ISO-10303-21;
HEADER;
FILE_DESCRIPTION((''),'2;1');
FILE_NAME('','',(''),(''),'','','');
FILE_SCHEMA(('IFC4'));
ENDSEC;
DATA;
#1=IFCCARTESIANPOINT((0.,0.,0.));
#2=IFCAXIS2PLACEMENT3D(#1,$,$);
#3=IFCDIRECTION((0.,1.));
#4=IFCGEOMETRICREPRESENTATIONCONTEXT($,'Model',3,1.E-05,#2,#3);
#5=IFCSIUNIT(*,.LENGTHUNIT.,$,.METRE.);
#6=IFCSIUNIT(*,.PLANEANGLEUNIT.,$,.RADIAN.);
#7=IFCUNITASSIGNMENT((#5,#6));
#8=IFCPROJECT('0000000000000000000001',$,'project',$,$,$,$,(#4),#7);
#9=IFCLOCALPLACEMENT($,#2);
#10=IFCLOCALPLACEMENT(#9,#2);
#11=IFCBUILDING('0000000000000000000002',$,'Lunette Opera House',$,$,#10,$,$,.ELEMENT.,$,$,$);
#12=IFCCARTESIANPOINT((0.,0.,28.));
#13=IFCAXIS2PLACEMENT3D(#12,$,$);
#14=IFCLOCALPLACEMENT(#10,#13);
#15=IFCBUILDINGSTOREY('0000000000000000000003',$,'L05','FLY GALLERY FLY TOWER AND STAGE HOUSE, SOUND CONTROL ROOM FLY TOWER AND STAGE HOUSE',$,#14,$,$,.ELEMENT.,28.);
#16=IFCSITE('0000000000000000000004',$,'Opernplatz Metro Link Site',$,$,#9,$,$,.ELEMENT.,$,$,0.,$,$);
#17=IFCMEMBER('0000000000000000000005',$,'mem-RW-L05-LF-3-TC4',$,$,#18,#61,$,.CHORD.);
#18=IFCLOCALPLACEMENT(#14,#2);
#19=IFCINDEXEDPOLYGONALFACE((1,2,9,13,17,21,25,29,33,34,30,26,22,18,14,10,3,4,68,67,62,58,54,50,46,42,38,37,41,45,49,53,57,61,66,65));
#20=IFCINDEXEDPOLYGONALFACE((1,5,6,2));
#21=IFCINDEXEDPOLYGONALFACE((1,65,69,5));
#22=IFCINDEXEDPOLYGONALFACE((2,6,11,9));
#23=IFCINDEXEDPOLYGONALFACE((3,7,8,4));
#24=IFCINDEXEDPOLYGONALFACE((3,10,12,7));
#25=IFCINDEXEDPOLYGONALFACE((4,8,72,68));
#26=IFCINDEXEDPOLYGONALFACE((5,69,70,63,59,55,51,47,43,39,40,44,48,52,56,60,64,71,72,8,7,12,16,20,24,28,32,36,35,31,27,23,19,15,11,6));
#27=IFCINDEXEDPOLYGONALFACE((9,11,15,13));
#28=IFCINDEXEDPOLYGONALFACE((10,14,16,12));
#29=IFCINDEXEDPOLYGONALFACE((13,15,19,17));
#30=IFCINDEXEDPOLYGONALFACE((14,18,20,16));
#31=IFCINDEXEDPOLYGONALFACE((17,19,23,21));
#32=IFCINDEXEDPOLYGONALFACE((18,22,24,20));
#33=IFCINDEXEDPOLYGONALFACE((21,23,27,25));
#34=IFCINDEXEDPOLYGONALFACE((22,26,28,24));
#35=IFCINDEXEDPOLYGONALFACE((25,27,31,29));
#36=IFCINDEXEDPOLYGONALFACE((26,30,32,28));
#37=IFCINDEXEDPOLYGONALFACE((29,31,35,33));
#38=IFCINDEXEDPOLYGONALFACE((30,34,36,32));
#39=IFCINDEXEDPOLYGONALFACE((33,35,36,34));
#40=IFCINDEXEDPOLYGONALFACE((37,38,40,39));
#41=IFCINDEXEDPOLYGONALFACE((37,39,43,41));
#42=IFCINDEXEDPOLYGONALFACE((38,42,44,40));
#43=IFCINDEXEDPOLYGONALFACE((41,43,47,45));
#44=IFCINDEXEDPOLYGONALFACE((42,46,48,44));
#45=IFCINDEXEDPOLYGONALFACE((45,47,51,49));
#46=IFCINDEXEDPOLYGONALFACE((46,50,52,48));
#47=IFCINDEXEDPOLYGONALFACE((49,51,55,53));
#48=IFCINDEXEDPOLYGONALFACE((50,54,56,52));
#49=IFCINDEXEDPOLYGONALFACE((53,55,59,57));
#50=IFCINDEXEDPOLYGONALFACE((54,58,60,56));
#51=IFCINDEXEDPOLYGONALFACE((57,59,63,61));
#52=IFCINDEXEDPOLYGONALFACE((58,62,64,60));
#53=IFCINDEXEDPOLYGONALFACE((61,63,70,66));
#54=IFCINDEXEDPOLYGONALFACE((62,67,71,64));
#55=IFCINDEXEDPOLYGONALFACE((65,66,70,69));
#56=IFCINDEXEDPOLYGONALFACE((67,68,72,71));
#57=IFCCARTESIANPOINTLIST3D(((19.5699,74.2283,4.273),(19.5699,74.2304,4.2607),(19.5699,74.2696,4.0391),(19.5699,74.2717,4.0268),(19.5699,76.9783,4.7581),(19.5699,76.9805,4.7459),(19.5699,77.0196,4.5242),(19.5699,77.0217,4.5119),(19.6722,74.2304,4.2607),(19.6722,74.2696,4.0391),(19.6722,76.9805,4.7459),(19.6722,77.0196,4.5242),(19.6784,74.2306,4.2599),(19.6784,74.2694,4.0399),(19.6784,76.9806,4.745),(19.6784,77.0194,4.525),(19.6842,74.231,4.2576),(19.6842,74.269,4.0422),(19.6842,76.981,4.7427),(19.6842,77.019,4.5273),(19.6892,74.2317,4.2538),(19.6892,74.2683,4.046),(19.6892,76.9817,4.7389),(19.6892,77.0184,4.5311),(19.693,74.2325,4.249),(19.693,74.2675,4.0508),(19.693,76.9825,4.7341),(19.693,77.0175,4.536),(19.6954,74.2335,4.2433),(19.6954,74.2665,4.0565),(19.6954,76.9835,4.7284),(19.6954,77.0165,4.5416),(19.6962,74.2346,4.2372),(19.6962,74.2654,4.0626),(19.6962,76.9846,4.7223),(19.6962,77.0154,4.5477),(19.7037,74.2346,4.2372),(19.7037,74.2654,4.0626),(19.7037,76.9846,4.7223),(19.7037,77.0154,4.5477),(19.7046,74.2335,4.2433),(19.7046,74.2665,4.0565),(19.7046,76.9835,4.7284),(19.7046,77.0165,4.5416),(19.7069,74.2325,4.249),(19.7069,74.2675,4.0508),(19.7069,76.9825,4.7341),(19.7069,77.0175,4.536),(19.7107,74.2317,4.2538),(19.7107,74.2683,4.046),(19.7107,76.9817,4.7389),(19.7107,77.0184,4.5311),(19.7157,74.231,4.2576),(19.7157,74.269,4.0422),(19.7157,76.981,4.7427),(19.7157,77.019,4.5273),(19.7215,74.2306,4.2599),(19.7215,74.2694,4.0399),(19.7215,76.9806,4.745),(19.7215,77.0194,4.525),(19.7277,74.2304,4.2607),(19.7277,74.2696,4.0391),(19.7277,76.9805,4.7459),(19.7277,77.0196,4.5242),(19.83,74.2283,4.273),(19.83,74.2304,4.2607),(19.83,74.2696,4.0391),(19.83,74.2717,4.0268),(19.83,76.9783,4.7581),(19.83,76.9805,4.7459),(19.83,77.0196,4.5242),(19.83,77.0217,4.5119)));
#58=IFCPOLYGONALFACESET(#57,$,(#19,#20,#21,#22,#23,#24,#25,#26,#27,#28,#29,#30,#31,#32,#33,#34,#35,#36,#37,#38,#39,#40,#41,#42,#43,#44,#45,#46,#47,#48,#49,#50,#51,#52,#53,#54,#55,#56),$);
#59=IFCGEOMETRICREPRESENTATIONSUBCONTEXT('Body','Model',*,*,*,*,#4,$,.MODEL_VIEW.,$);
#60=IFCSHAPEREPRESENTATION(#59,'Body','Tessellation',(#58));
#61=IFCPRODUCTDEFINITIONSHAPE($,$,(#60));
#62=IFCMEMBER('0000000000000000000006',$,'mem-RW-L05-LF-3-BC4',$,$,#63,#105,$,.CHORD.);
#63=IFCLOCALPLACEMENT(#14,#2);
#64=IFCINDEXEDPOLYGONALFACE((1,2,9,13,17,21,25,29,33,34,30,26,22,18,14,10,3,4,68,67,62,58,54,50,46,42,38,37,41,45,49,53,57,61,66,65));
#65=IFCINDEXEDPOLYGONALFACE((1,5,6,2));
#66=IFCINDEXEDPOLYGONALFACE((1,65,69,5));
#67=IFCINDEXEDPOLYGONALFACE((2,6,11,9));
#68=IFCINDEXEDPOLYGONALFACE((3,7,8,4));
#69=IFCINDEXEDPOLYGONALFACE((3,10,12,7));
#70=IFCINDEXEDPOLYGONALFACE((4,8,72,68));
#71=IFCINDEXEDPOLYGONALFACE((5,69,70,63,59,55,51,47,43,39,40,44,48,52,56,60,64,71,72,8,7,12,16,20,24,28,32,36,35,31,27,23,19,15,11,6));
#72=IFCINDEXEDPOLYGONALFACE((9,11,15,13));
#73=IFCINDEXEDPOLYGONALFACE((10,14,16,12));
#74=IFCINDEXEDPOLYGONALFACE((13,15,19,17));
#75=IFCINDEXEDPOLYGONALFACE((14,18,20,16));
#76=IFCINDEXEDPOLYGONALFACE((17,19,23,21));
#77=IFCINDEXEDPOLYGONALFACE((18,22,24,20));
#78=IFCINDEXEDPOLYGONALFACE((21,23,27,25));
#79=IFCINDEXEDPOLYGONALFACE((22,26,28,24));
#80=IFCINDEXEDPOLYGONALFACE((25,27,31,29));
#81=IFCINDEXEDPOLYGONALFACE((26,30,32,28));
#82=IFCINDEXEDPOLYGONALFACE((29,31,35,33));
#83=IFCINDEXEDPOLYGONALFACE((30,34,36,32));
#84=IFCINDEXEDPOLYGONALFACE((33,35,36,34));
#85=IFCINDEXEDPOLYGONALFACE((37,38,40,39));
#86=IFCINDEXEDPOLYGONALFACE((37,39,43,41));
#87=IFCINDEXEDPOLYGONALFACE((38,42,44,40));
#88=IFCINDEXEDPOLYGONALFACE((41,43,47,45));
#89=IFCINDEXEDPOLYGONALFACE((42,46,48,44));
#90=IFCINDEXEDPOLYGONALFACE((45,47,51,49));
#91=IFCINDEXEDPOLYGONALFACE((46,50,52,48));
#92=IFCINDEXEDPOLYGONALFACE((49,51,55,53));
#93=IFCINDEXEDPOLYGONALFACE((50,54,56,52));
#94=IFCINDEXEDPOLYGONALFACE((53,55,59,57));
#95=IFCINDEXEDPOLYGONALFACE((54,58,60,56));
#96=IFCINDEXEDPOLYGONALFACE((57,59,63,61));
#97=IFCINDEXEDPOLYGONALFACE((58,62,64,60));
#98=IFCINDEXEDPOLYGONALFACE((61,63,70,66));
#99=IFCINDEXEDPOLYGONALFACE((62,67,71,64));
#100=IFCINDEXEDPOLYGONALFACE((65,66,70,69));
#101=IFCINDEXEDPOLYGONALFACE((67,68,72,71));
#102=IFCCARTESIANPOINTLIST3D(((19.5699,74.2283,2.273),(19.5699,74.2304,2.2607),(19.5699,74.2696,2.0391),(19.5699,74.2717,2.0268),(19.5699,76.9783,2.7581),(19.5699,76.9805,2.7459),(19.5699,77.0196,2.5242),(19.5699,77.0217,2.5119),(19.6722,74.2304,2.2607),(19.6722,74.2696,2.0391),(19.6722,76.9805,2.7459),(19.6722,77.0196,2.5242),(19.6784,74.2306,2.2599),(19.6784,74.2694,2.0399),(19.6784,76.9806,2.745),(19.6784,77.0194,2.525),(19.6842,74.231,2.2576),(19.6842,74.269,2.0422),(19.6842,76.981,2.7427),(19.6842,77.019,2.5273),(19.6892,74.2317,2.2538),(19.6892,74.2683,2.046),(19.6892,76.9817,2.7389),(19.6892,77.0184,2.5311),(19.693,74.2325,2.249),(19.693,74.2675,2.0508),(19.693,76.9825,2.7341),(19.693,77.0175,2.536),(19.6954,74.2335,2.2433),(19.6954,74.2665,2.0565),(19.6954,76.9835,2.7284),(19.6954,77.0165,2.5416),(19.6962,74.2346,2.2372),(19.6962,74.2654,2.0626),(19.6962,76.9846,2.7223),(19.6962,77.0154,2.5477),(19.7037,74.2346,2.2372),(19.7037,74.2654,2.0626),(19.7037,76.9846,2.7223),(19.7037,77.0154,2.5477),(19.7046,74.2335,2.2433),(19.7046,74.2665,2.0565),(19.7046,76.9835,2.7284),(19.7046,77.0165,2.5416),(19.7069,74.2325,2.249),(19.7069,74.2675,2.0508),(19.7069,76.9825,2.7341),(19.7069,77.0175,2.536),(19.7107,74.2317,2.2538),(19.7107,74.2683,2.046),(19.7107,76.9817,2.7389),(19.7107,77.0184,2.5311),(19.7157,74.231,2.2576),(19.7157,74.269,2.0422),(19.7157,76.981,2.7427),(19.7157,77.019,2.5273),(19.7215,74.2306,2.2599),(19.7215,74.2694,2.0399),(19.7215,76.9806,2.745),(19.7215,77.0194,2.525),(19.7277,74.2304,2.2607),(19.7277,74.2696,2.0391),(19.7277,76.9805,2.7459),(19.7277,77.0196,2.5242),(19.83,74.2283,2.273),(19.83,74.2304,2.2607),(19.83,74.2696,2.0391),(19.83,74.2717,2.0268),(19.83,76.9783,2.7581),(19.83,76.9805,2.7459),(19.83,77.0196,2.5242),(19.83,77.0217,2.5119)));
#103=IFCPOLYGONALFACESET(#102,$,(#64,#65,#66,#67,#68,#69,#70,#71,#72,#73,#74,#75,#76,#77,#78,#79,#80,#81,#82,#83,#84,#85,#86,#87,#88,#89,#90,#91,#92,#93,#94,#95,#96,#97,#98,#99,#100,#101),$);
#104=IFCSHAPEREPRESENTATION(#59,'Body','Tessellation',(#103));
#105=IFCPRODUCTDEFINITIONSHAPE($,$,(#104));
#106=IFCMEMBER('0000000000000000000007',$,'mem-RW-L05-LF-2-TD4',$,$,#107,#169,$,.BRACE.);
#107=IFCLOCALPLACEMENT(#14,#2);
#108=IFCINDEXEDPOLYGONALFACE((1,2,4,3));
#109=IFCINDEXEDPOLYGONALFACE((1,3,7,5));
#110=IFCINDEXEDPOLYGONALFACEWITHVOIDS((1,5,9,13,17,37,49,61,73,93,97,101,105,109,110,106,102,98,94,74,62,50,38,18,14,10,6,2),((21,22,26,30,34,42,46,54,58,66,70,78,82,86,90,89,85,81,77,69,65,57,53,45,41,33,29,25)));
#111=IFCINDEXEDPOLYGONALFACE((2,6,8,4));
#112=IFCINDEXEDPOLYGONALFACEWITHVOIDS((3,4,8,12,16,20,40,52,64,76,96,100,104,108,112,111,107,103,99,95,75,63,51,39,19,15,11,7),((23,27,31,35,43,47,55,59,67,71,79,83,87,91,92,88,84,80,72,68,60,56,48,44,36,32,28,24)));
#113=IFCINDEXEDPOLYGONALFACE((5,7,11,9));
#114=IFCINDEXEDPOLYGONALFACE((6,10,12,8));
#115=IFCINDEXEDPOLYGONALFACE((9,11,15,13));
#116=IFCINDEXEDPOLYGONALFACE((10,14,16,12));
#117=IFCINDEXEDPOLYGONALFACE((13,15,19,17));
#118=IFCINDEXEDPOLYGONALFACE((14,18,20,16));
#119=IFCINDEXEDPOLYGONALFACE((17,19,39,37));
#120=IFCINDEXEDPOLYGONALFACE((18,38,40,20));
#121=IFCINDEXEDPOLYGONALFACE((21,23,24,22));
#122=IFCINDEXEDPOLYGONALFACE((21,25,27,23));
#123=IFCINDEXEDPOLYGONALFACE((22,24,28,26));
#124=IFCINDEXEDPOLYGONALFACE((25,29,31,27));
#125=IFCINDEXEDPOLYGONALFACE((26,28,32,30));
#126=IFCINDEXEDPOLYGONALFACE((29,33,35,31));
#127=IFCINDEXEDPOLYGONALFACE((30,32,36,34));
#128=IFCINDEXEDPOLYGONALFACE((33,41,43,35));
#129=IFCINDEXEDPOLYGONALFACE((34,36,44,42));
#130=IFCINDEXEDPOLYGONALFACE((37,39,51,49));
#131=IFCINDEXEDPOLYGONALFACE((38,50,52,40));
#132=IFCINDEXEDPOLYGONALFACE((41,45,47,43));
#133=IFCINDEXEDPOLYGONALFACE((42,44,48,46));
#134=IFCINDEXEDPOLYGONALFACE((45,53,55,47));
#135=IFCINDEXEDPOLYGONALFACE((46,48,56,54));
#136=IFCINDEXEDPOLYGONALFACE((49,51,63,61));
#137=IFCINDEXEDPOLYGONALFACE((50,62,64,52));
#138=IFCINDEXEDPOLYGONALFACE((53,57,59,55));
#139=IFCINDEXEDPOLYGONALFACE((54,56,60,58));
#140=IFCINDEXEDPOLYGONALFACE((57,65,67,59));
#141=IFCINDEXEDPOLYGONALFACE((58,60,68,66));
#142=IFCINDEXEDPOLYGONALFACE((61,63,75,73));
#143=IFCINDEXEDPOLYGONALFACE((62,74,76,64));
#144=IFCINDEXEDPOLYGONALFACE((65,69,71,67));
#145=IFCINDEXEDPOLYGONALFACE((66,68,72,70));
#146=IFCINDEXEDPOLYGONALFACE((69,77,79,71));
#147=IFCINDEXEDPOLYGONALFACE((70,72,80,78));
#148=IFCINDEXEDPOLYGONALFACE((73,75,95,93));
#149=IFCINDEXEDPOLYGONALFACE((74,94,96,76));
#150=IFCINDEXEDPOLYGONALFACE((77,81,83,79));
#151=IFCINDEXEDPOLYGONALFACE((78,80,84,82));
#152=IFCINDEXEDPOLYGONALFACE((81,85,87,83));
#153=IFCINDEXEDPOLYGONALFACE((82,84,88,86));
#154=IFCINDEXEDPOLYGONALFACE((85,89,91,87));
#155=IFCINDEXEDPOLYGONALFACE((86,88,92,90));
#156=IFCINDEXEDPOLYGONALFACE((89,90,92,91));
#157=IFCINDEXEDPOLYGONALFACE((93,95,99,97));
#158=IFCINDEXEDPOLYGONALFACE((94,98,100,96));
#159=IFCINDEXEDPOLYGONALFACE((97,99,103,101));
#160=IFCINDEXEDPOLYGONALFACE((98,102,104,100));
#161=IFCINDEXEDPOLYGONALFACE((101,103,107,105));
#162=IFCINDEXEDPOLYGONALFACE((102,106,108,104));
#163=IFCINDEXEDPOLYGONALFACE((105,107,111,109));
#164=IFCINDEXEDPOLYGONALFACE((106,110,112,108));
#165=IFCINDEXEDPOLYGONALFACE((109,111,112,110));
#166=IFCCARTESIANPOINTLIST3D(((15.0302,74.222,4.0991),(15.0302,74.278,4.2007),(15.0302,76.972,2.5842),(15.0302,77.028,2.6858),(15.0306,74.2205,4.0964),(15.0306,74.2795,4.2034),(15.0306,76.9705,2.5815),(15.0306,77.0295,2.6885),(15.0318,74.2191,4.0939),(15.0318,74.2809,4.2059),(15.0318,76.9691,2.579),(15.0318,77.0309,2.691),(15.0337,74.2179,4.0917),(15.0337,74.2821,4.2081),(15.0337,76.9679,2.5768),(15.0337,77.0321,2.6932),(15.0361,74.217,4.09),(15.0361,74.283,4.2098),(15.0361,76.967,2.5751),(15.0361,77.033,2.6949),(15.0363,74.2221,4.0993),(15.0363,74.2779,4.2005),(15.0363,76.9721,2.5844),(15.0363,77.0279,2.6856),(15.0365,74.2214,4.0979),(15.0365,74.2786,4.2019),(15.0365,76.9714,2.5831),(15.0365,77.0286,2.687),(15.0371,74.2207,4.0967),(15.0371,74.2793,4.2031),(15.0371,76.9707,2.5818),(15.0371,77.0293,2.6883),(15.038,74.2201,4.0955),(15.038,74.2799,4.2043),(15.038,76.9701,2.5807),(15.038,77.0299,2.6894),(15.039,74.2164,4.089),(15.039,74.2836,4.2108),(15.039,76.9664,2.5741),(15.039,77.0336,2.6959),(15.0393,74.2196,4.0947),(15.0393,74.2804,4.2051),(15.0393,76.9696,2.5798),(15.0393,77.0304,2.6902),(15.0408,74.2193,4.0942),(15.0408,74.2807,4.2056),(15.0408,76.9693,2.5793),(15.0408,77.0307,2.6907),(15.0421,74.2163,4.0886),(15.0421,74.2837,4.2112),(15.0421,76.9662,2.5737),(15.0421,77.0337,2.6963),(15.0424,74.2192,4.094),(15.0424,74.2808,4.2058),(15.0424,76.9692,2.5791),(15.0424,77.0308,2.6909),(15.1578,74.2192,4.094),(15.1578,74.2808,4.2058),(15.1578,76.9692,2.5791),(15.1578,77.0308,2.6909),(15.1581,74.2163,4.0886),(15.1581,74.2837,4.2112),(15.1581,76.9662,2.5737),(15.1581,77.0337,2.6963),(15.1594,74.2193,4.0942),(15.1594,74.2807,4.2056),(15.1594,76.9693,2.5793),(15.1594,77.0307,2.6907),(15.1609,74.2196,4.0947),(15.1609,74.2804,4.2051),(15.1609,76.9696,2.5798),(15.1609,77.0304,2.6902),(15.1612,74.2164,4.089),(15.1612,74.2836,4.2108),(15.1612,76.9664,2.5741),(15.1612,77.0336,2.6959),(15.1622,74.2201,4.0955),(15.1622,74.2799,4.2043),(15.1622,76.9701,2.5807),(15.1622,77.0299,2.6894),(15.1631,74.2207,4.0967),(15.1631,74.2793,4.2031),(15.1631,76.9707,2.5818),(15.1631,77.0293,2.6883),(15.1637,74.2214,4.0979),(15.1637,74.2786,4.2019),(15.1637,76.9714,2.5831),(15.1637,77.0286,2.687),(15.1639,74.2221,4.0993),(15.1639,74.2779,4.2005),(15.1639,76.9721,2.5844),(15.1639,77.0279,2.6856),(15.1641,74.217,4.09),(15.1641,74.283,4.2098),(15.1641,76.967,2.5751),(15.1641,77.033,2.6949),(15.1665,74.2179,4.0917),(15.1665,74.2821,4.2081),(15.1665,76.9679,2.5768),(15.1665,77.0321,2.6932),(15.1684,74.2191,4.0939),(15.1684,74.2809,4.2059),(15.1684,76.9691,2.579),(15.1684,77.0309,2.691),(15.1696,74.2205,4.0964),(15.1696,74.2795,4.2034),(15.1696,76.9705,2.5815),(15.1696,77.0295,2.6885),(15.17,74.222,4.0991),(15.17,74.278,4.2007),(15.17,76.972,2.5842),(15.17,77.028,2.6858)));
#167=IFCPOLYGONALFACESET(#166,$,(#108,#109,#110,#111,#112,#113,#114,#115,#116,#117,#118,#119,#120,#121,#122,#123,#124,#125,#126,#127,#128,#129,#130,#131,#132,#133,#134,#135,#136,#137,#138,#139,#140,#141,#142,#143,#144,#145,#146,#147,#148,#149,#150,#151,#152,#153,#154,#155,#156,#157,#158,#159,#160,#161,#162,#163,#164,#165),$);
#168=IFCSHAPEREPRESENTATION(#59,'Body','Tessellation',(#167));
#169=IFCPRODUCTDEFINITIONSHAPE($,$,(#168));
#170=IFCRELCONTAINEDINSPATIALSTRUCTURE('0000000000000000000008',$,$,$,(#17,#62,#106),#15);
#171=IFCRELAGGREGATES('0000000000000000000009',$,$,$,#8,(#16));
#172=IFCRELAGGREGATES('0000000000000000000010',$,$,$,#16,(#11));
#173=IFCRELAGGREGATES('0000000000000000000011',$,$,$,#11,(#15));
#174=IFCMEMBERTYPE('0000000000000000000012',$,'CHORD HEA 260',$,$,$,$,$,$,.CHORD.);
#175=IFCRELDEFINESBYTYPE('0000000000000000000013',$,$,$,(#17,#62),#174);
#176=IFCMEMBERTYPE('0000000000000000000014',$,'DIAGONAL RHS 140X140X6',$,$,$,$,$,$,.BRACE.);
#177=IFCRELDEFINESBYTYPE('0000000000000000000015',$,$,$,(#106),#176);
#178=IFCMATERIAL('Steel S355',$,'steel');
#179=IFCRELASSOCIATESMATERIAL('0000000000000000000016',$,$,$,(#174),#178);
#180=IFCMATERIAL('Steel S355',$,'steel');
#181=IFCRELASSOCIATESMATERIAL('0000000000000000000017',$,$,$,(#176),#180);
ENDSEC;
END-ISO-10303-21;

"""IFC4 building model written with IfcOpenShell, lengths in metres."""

from ifc_helpers import new_model, si_unit, direction, frame, origin, origin_2d, place, context, subcontext, project, spatial, hollow_rectangle, i_section, extrude, material, material_profile, profile_set, type_object, element, save


model = new_model("IFC4")

# Units and contexts
model_context = context("Model", 3, precision=1e-05, world=origin(), true_north=direction((0.0, 1.0)))
body_context = subcontext(model_context, "Body", "Model", "MODEL_VIEW")
ifc_project = project(units=[si_unit("LENGTHUNIT", "METRE"), si_unit("PLANEANGLEUNIT", "RADIAN")], contexts=[model_context])

# Site, building, storey
site_placement = place(None, origin())
site = spatial("IfcSite", under=ifc_project, at=site_placement, Name="Opernplatz Metro Link Site", CompositionType="ELEMENT", RefElevation=0.0)
building_placement = place(site_placement, origin())
building = spatial("IfcBuilding", under=site, at=building_placement, Name="Lunette Opera House", CompositionType="ELEMENT")
storey_placement = place(building_placement, frame((0.0, 0.0, 28.0)))
storey = spatial("IfcBuildingStorey", under=building, at=storey_placement, Name="L05", Description="FLY GALLERY FLY TOWER AND STAGE HOUSE, SOUND CONTROL ROOM FLY TOWER AND STAGE HOUSE", CompositionType="ELEMENT", Elevation=28.0)

# Members
ifc_material_1 = material(Name="Steel S355", Category="steel")
ifc_material_profile_1 = material_profile(ifc_material_1, i_section(OverallWidth=0.26, OverallDepth=0.25, WebThickness=0.0076, FlangeThickness=0.0125, FilletRadius=0.0239, at=origin_2d()), Name="HEA 260")
ifc_profile_set_1 = profile_set([ifc_material_profile_1], Name="Steel S355")
member_type_1 = type_object("IfcMemberType", Name="CHORD HEA 260", PredefinedType="CHORD", material=ifc_profile_set_1)
for number, where, z_axis, x_axis, name in (
    (1, (19.7, 74.25, 4.1499), (0.0, 0.984795, 0.17372), (-1.0, 0.0, 0.0), "mem-RW-L05-LF-3-TC4"),
    (2, (19.7, 74.25, 2.1499), (0.0, 0.984795, 0.17372), (-1.0, 0.0, 0.0), "mem-RW-L05-LF-3-BC4"),
):
    element("IfcMember", number, at=place(storey_placement, frame(where, z_axis=z_axis, x_axis=x_axis)), inside=storey, type_object=member_type_1, Name=name, PredefinedType="CHORD", context=body_context, shape_type="SweptSolid", body=[
        extrude(i_section(OverallWidth=0.26, OverallDepth=0.25, WebThickness=0.0076, FlangeThickness=0.0125, FilletRadius=0.0239, at=origin_2d()), origin(), (0.0, 0.0, 1.0), 2.7925),
    ])
ifc_material_2 = material(Name="Steel S355", Category="steel")
ifc_material_profile_2 = material_profile(ifc_material_2, hollow_rectangle(XDim=0.1399, YDim=0.1399, WallThickness=0.0061, InnerFilletRadius=0.0061, OuterFilletRadius=0.012, at=origin_2d()), Name="RHS 140X140X6")
ifc_profile_set_2 = profile_set([ifc_material_profile_2], Name="Steel S355")
member_type_2 = type_object("IfcMemberType", Name="DIAGONAL RHS 140X140X6", PredefinedType="BRACE", material=ifc_profile_set_2)
member_1_placement = place(storey_placement, frame((15.1001, 74.25, 4.1499), z_axis=(0.0, 0.875894, -0.482504), x_axis=(-1.0, 0.0, 0.0)))
element("IfcMember", 3, at=member_1_placement, inside=storey, type_object=member_type_2, Name="mem-RW-L05-LF-2-TD4", PredefinedType="BRACE", context=body_context, shape_type="SweptSolid", body=[
    extrude(hollow_rectangle(XDim=0.1399, YDim=0.1399, WallThickness=0.0061, InnerFilletRadius=0.0061, OuterFilletRadius=0.012, at=origin_2d()), origin(), (0.0, 0.0, 1.0), 3.1396),
])

save(model, "model.ifc")
